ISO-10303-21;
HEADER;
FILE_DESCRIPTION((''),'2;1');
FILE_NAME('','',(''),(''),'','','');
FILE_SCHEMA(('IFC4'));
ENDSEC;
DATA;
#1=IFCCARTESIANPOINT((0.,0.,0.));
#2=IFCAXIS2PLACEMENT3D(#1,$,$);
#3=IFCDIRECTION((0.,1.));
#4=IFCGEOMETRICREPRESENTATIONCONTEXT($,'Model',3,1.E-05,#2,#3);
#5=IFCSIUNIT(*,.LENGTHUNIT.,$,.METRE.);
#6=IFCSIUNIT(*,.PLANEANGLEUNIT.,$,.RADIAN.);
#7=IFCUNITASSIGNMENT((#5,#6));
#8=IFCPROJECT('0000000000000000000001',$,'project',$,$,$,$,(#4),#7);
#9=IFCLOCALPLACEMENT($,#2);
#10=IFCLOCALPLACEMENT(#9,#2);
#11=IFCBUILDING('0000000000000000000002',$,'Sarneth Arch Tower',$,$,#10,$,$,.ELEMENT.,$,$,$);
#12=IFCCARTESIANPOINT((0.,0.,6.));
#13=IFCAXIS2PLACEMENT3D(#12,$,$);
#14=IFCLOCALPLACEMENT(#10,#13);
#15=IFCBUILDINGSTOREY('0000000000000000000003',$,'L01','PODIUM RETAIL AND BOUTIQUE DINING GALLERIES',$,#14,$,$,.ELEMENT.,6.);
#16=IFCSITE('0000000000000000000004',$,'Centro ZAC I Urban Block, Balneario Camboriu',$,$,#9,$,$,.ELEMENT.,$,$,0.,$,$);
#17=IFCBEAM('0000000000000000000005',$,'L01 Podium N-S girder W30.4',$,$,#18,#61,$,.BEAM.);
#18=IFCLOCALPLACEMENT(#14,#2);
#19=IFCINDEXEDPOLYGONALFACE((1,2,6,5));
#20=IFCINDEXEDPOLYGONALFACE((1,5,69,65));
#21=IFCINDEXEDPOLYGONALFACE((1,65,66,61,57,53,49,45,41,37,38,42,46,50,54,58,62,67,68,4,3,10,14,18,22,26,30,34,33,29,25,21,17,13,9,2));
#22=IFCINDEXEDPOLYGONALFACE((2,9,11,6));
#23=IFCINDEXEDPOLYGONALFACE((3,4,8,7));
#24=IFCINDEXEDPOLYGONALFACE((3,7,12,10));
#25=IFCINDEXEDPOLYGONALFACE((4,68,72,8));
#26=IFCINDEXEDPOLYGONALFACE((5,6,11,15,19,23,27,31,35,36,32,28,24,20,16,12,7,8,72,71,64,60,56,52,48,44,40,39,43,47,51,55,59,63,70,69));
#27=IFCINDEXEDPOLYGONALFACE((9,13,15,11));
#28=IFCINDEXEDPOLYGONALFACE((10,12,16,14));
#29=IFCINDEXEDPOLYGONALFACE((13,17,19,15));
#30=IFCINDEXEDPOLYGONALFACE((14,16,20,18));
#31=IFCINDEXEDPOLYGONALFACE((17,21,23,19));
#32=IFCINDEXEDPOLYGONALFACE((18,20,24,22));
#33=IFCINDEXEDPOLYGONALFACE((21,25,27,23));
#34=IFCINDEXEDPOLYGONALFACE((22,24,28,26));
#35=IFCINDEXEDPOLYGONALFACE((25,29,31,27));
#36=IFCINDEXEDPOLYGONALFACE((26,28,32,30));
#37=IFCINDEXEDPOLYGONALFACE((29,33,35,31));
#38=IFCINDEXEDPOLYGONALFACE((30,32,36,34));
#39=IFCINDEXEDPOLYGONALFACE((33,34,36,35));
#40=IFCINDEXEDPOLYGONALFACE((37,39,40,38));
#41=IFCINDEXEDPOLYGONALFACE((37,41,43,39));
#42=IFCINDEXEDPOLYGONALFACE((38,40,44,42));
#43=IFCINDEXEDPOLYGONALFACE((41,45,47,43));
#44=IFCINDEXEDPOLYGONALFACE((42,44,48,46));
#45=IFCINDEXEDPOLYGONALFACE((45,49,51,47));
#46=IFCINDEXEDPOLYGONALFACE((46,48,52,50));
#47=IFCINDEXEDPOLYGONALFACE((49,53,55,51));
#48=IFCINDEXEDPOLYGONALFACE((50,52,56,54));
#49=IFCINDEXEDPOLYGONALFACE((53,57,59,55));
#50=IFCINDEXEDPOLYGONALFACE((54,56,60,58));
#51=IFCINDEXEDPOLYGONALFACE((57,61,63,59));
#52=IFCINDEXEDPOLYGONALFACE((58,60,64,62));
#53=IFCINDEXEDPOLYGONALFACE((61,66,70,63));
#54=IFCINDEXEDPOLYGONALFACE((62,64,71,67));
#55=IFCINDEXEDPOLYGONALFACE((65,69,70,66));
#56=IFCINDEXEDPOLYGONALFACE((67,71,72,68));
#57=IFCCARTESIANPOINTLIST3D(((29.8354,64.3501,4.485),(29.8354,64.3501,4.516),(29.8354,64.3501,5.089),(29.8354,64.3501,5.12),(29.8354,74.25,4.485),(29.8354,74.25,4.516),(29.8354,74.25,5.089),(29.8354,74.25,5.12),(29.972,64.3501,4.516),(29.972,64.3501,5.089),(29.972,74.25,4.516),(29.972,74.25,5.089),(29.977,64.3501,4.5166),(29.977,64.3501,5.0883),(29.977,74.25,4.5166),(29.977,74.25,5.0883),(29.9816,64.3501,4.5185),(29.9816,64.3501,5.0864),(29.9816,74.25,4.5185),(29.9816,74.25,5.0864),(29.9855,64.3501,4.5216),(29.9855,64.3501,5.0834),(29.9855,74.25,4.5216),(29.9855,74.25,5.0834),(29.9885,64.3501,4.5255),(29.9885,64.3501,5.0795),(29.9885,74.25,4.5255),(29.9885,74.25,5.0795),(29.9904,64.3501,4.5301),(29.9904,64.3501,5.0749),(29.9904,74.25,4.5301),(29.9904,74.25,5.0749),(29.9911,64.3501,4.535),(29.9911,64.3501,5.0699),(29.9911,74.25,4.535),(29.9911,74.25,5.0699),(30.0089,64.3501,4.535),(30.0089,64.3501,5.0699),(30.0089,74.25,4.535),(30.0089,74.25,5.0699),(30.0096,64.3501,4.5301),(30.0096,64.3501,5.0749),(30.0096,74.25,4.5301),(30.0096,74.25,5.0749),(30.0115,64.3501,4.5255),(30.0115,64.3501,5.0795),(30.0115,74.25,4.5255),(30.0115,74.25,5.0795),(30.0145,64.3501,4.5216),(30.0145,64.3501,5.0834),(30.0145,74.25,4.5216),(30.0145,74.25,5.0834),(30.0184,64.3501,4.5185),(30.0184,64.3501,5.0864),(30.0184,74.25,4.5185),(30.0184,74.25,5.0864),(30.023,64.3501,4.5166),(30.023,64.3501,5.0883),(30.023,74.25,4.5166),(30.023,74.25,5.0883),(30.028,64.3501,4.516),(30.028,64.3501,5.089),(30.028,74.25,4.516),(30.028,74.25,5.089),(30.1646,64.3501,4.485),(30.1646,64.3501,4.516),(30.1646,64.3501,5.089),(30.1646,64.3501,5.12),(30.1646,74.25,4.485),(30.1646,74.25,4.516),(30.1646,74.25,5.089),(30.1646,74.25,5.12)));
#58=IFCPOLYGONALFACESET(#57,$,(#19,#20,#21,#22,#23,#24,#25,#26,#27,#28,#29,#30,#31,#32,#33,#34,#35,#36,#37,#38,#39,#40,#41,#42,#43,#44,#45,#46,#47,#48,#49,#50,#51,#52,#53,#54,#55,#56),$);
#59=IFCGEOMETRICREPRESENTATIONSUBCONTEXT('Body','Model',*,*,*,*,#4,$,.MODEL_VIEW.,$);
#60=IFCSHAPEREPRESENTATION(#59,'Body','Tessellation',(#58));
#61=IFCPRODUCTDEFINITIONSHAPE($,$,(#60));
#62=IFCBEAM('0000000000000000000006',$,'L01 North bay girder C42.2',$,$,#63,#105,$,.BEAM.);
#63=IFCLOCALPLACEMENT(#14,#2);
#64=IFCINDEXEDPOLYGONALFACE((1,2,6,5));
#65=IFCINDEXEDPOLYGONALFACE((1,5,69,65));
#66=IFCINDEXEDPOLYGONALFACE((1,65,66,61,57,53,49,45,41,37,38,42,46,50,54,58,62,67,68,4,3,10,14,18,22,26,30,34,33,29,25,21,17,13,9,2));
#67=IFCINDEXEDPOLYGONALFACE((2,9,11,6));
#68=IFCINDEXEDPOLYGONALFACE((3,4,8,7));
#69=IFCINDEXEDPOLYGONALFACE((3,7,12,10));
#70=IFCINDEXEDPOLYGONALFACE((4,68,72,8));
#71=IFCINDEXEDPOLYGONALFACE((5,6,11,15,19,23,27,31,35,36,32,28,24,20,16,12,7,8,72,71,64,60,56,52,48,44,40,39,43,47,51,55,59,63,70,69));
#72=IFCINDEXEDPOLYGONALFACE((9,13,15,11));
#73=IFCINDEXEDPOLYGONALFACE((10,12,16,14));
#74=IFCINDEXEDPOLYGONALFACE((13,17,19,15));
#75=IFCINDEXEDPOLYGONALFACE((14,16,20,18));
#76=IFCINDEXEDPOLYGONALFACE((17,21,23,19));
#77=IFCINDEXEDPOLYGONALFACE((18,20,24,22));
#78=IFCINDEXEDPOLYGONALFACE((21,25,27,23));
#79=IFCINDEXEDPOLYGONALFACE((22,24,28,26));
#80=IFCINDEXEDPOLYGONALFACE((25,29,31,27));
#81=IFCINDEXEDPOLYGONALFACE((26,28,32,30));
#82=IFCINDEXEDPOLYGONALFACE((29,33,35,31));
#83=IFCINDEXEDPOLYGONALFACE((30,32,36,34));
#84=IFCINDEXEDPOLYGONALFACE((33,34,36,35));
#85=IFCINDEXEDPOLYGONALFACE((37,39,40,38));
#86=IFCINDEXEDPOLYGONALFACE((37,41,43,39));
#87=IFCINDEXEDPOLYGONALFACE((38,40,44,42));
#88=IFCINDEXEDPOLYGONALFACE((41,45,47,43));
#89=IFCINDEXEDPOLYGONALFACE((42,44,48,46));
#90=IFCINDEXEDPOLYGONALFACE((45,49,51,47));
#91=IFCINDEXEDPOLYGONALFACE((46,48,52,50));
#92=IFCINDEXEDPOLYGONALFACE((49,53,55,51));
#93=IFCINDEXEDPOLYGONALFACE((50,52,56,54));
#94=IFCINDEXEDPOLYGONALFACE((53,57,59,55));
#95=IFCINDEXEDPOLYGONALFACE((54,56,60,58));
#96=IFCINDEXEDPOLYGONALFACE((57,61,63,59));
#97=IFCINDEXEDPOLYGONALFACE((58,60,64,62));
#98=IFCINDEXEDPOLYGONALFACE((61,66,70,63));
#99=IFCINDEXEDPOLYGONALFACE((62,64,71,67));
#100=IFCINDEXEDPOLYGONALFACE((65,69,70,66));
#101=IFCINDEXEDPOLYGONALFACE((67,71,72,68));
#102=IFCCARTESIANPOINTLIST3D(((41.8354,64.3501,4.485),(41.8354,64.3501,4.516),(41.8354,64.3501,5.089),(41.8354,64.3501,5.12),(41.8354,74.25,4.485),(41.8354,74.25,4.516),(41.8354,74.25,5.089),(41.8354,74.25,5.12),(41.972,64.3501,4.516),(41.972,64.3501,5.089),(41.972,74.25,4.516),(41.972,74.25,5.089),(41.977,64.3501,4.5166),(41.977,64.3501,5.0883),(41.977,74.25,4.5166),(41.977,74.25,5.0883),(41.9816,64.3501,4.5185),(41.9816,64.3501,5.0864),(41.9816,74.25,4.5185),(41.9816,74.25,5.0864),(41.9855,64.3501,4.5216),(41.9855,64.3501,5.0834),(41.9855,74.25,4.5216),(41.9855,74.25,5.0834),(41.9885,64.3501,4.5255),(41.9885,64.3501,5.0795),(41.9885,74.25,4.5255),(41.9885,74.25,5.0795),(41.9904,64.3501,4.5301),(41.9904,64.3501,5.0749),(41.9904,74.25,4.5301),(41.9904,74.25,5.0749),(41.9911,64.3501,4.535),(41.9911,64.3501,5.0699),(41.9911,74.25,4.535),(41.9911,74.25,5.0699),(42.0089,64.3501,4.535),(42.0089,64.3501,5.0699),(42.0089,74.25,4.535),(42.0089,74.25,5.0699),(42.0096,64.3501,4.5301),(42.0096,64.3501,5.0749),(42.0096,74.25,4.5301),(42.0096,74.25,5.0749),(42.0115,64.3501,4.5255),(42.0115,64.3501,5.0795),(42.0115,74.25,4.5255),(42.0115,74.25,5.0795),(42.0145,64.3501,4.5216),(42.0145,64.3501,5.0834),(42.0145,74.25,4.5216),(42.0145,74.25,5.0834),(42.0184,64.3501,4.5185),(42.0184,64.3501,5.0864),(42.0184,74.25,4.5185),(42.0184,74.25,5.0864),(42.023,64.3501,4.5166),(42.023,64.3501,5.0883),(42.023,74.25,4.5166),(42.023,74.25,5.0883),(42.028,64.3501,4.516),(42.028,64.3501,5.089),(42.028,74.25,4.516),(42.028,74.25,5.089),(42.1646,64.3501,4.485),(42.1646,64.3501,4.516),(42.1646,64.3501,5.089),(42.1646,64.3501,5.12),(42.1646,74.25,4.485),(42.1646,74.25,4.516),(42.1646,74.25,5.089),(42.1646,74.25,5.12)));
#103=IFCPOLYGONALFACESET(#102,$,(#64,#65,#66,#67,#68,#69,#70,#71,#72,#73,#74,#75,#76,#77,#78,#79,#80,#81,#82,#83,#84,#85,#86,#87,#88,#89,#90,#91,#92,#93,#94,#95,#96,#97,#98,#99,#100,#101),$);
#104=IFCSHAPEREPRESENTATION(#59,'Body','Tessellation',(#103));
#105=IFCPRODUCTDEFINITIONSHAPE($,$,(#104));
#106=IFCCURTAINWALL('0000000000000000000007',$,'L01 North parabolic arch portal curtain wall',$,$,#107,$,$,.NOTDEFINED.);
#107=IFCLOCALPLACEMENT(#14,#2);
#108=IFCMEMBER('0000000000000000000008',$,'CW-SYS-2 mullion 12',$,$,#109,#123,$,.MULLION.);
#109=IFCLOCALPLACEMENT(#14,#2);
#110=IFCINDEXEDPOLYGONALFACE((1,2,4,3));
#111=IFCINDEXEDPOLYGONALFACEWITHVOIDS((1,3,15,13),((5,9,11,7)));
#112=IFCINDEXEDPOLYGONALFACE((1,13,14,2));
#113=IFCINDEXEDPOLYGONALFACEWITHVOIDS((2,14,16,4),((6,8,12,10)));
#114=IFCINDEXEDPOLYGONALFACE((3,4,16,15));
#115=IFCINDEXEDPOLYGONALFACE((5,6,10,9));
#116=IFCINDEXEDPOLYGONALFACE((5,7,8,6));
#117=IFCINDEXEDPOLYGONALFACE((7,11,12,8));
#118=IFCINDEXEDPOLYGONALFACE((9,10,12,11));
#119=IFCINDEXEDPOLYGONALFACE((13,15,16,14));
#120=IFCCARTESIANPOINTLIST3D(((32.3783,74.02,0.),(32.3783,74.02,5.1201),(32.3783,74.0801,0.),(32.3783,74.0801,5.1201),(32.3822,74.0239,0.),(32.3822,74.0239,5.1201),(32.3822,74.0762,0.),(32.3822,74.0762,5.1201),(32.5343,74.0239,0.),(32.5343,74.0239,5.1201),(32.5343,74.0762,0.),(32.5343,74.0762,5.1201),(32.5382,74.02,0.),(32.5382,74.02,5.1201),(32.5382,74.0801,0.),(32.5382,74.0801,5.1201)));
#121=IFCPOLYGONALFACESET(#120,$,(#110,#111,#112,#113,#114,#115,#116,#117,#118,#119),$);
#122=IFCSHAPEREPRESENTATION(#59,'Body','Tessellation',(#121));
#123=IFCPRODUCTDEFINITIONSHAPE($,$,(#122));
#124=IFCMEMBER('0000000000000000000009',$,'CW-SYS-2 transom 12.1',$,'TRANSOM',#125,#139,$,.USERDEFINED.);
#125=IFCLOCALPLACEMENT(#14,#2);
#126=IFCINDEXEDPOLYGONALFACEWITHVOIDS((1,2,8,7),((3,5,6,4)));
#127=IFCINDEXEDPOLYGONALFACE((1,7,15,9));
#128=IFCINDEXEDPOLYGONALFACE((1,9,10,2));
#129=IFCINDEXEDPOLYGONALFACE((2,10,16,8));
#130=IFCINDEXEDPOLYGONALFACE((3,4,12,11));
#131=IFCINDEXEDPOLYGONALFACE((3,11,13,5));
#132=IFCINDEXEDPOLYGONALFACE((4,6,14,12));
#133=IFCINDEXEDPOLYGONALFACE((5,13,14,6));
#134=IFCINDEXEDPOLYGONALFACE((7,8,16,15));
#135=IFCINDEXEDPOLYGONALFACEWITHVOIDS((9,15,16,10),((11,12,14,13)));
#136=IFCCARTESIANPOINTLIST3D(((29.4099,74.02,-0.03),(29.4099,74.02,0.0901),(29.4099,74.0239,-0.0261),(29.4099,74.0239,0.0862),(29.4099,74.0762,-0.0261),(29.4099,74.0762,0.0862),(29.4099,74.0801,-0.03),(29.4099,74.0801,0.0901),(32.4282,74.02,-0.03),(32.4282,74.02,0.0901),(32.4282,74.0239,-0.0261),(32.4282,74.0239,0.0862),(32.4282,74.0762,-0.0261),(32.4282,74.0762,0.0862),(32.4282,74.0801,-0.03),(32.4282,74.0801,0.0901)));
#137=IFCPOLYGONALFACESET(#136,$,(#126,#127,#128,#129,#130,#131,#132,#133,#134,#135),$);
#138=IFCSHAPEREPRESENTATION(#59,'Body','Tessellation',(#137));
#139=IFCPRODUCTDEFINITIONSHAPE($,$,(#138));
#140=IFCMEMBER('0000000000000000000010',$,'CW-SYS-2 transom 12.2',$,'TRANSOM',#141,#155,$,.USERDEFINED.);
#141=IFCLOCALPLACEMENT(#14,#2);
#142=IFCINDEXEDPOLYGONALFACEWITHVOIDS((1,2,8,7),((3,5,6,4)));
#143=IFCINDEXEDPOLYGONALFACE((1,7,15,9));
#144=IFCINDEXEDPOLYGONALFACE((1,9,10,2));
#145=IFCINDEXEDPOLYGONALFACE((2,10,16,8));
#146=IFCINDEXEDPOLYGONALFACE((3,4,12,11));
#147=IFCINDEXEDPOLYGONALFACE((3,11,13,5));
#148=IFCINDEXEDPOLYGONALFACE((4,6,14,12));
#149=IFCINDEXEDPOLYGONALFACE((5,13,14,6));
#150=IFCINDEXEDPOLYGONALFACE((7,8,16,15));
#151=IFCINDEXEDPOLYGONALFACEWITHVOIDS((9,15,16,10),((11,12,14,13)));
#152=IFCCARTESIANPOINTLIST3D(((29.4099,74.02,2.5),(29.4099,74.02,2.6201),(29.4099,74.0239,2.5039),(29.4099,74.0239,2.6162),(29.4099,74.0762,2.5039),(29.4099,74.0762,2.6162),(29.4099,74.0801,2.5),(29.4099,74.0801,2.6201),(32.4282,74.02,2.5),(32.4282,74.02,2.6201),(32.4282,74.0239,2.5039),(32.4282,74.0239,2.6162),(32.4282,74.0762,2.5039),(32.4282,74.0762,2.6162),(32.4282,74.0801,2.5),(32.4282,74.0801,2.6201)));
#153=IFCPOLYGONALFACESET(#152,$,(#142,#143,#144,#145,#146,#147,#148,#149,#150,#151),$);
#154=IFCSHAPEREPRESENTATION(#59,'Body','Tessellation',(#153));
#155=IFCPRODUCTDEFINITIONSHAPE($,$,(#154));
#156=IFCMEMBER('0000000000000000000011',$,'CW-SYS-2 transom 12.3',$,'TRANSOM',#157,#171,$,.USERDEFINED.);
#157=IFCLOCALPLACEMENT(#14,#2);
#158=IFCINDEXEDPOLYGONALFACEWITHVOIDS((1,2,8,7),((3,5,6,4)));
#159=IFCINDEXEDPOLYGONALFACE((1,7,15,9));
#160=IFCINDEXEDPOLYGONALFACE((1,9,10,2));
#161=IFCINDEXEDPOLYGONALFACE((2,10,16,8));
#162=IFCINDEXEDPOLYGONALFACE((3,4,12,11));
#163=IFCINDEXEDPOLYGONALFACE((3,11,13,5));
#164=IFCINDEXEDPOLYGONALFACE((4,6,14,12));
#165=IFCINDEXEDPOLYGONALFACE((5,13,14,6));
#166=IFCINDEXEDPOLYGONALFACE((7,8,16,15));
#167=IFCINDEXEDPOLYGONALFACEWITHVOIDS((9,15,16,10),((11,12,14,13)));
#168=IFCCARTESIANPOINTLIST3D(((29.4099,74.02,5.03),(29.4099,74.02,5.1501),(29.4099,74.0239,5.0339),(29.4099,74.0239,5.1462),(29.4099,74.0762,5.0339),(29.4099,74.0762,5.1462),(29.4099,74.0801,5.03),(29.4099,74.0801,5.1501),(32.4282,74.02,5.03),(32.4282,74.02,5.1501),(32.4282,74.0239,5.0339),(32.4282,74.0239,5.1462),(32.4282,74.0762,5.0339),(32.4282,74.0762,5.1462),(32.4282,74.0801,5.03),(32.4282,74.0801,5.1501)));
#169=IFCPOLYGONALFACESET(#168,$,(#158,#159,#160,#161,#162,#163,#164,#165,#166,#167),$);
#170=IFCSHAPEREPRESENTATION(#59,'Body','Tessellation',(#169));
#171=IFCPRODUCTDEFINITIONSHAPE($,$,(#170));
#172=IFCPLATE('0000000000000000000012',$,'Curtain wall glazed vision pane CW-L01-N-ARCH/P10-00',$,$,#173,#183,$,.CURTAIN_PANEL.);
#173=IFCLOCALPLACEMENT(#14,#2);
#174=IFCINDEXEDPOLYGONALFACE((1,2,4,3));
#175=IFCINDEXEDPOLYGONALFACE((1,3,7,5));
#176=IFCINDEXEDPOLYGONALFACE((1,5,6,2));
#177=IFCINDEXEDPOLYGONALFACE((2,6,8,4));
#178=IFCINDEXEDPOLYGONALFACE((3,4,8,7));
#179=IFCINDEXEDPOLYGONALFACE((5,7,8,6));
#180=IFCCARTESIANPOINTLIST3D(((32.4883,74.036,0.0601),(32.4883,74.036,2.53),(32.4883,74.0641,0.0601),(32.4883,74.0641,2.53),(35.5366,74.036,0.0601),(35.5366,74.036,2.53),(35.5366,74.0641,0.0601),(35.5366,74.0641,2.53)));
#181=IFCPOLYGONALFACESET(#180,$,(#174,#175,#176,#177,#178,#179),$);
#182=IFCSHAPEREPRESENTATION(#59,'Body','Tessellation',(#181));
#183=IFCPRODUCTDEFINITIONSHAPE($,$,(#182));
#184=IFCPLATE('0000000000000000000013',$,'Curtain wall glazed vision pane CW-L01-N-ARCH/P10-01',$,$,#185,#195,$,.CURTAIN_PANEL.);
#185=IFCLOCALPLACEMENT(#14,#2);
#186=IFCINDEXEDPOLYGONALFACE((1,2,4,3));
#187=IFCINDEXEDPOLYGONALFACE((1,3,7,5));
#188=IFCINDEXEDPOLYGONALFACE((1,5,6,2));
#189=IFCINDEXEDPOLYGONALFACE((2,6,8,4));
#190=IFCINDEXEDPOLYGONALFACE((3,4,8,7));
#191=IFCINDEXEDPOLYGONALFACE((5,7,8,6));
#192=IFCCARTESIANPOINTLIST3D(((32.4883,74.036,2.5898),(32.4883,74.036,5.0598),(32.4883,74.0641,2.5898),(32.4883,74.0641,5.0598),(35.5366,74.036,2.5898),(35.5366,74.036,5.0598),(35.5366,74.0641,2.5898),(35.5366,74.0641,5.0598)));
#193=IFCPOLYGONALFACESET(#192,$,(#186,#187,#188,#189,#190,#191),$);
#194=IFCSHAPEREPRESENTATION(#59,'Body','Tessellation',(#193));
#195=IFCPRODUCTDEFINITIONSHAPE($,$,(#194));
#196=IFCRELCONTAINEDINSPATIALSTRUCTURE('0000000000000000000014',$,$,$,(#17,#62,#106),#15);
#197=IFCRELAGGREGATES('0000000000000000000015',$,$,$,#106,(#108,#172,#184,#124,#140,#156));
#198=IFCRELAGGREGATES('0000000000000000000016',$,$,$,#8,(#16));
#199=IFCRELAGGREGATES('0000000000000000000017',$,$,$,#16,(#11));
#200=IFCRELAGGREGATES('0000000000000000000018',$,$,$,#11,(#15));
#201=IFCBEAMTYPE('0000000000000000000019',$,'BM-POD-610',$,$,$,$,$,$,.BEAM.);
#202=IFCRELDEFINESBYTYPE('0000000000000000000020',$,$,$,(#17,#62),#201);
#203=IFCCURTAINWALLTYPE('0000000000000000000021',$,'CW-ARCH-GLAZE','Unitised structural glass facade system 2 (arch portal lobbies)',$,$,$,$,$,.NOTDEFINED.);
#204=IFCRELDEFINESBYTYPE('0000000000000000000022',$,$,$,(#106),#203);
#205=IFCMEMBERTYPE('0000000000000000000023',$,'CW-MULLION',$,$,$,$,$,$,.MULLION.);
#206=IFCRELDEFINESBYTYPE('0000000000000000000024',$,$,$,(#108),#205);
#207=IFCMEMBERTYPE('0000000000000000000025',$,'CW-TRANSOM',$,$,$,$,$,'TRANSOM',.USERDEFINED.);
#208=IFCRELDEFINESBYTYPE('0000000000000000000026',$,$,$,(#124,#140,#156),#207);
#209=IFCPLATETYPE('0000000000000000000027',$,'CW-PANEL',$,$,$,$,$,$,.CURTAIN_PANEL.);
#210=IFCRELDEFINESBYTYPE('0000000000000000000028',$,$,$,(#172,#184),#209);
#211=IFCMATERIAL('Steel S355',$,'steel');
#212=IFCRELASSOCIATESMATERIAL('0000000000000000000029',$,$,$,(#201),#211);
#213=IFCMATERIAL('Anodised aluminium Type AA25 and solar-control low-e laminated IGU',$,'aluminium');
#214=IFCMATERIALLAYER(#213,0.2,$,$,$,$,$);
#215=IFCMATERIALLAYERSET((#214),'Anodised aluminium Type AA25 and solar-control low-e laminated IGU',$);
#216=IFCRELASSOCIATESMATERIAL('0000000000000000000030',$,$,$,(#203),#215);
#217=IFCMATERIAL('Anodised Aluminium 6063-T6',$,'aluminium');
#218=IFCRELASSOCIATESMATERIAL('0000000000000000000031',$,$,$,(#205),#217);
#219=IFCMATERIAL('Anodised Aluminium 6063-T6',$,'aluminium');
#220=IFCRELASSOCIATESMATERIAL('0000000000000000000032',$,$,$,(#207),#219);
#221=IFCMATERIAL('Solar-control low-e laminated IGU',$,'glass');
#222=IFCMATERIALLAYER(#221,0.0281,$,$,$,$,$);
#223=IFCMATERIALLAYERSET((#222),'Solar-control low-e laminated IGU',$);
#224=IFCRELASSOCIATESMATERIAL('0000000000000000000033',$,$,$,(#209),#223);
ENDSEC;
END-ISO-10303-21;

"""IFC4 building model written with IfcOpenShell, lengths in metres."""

from ifc_helpers import new_model, si_unit, direction, frame, origin, origin_2d, place, context, subcontext, project, spatial, rectangle, hollow_rectangle, i_section, extrude, material, layer, layer_set, material_profile, profile_set, type_object, element, aggregate, save


model = new_model("IFC4")

# Units and contexts
model_context = context("Model", 3, precision=1e-05, world=origin(), true_north=direction((0.0, 1.0)))
body_context = subcontext(model_context, "Body", "Model", "MODEL_VIEW")
ifc_project = project(units=[si_unit("LENGTHUNIT", "METRE"), si_unit("PLANEANGLEUNIT", "RADIAN")], contexts=[model_context])

# Site, building, storey
site_placement = place(None, origin())
site = spatial("IfcSite", under=ifc_project, at=site_placement, Name="Centro ZAC I Urban Block, Balneario Camboriu", CompositionType="ELEMENT", RefElevation=0.0)
building_placement = place(site_placement, origin())
building = spatial("IfcBuilding", under=site, at=building_placement, Name="Sarneth Arch Tower", CompositionType="ELEMENT")
storey_placement = place(building_placement, frame((0.0, 0.0, 6.0)))
storey = spatial("IfcBuildingStorey", under=building, at=storey_placement, Name="L01", Description="PODIUM RETAIL AND BOUTIQUE DINING GALLERIES", CompositionType="ELEMENT", Elevation=6.0)

# Beams
ifc_material_1 = material(Name="Steel S355", Category="steel")
ifc_material_profile_1 = material_profile(ifc_material_1, i_section(OverallWidth=0.3291, OverallDepth=0.635, WebThickness=0.0178, FlangeThickness=0.031, FilletRadius=0.019, at=origin_2d()), Name="W610x241")
ifc_profile_set_1 = profile_set([ifc_material_profile_1], Name="Steel S355")
beam_type = type_object("IfcBeamType", Name="BM-POD-610", PredefinedType="BEAM", material=ifc_profile_set_1)
for number, where, z_axis, x_axis, name in (
    (1, (30.0, 64.3501, 4.8025), (0.0, 1.0, 0.0), (-1.0, 0.0, 0.0), "L01 Podium N-S girder W30.4"),
    (2, (42.0, 64.3501, 4.8025), (0.0, 1.0, 0.0), (-1.0, 0.0, 0.0), "L01 North bay girder C42.2"),
):
    element("IfcBeam", number, at=place(storey_placement, frame(where, z_axis=z_axis, x_axis=x_axis)), inside=storey, type_object=beam_type, Name=name, PredefinedType="BEAM", context=body_context, shape_type="SweptSolid", body=[
        extrude(i_section(OverallWidth=0.3291, OverallDepth=0.635, WebThickness=0.0178, FlangeThickness=0.031, FilletRadius=0.019, at=origin_2d()), origin(), (0.0, 0.0, 1.0), 9.8999),
    ])

# Curtain wall, members, plates
ifc_material_2 = material(Name="Anodised aluminium Type AA25 and solar-control low-e laminated IGU", Category="aluminium")
ifc_layer_1 = layer(ifc_material_2, 0.2)
ifc_layer_set_1 = layer_set([ifc_layer_1], Name="Anodised aluminium Type AA25 and solar-control low-e laminated IGU")
curtain_wall_type = type_object("IfcCurtainWallType", Name="CW-ARCH-GLAZE", Description="Unitised structural glass facade system 2 (arch portal lobbies)", PredefinedType="NOTDEFINED", material=ifc_layer_set_1)
curtain_wall_placement = place(storey_placement, origin())
curtain_wall = element("IfcCurtainWall", 3, at=curtain_wall_placement, inside=storey, type_object=curtain_wall_type, Name="L01 North parabolic arch portal curtain wall", PredefinedType="NOTDEFINED")
ifc_material_3 = material(Name="Anodised Aluminium 6063-T6", Category="aluminium")
ifc_material_profile_2 = material_profile(ifc_material_3, hollow_rectangle(XDim=0.0601, YDim=0.1599, WallThickness=0.0039, at=origin_2d()), Name="AL-MULL-160x60x4")
ifc_profile_set_2 = profile_set([ifc_material_profile_2], Name="Anodised Aluminium 6063-T6")
member_type_1 = type_object("IfcMemberType", Name="CW-MULLION", PredefinedType="MULLION", material=ifc_profile_set_2)
member_1_placement = place(storey_placement, frame((32.4583, 74.05, 0.0), z_axis=(0.0, 0.0, 1.0), x_axis=(0.0, -1.0, 0.0)))
member_1 = element("IfcMember", 4, at=member_1_placement, type_object=member_type_1, Name="CW-SYS-2 mullion 12", PredefinedType="MULLION", context=body_context, shape_type="SweptSolid", body=[
    extrude(hollow_rectangle(XDim=0.0601, YDim=0.1599, WallThickness=0.0039, at=origin_2d()), origin(), (0.0, 0.0, 1.0), 5.1201),
])
ifc_material_4 = material(Name="Anodised Aluminium 6063-T6", Category="aluminium")
ifc_material_profile_3 = material_profile(ifc_material_4, hollow_rectangle(XDim=0.0601, YDim=0.1201, WallThickness=0.0039, at=origin_2d()), Name="AL-TRAN-120x60x4")
ifc_profile_set_3 = profile_set([ifc_material_profile_3], Name="Anodised Aluminium 6063-T6")
member_type_2 = type_object("IfcMemberType", Name="CW-TRANSOM", ElementType="TRANSOM", PredefinedType="USERDEFINED", material=ifc_profile_set_3)
member_2_placement = place(storey_placement, frame((32.4282, 74.05, 0.03), z_axis=(-1.0, 0.0, 0.0), x_axis=(0.0, -1.0, 0.0)))
member_2 = element("IfcMember", 5, at=member_2_placement, type_object=member_type_2, Name="CW-SYS-2 transom 12.1", ObjectType="TRANSOM", PredefinedType="USERDEFINED", context=body_context, shape_type="SweptSolid", body=[
    extrude(hollow_rectangle(XDim=0.0601, YDim=0.1201, WallThickness=0.0039, at=origin_2d()), origin(), (0.0, 0.0, 1.0), 3.0183),
])
member_3_placement = place(storey_placement, frame((32.4282, 74.05, 2.5601), z_axis=(-1.0, 0.0, 0.0), x_axis=(0.0, -1.0, 0.0)))
member_3 = element("IfcMember", 6, at=member_3_placement, type_object=member_type_2, Name="CW-SYS-2 transom 12.2", ObjectType="TRANSOM", PredefinedType="USERDEFINED", context=body_context, shape_type="SweptSolid", body=[
    extrude(hollow_rectangle(XDim=0.0601, YDim=0.1201, WallThickness=0.0039, at=origin_2d()), origin(), (0.0, 0.0, 1.0), 3.0183),
])
member_4_placement = place(storey_placement, frame((32.4282, 74.05, 5.0901), z_axis=(-1.0, 0.0, 0.0), x_axis=(0.0, -1.0, 0.0)))
member_4 = element("IfcMember", 7, at=member_4_placement, type_object=member_type_2, Name="CW-SYS-2 transom 12.3", ObjectType="TRANSOM", PredefinedType="USERDEFINED", context=body_context, shape_type="SweptSolid", body=[
    extrude(hollow_rectangle(XDim=0.0601, YDim=0.1201, WallThickness=0.0039, at=origin_2d()), origin(), (0.0, 0.0, 1.0), 3.0183),
])
ifc_material_5 = material(Name="Solar-control low-e laminated IGU", Category="glass")
ifc_layer_2 = layer(ifc_material_5, 0.0281)
ifc_layer_set_2 = layer_set([ifc_layer_2], Name="Solar-control low-e laminated IGU")
plate_type = type_object("IfcPlateType", Name="CW-PANEL", PredefinedType="CURTAIN_PANEL", material=ifc_layer_set_2)
plate_1_placement = place(storey_placement, frame((34.0125, 74.05, 0.0601), z_axis=(0.0, 0.0, 1.0), x_axis=(-1.0, 0.0, 0.0)))
plate_1 = element("IfcPlate", 8, at=plate_1_placement, type_object=plate_type, Name="Curtain wall glazed vision pane CW-L01-N-ARCH/P10-00", PredefinedType="CURTAIN_PANEL", context=body_context, shape_type="SweptSolid", body=[
    extrude(rectangle(XDim=3.0483, YDim=0.0281, at=origin_2d()), origin(), (0.0, 0.0, 1.0), 2.47),
])
plate_2_placement = place(storey_placement, frame((34.0125, 74.05, 2.5898), z_axis=(0.0, 0.0, 1.0), x_axis=(-1.0, 0.0, 0.0)))
plate_2 = element("IfcPlate", 9, at=plate_2_placement, type_object=plate_type, Name="Curtain wall glazed vision pane CW-L01-N-ARCH/P10-01", PredefinedType="CURTAIN_PANEL", context=body_context, shape_type="SweptSolid", body=[
    extrude(rectangle(XDim=3.0483, YDim=0.0281, at=origin_2d()), origin(), (0.0, 0.0, 1.0), 2.47),
])
aggregate(curtain_wall, [member_1, plate_1, plate_2, member_2, member_3, member_4])

save(model, "model.ifc")
